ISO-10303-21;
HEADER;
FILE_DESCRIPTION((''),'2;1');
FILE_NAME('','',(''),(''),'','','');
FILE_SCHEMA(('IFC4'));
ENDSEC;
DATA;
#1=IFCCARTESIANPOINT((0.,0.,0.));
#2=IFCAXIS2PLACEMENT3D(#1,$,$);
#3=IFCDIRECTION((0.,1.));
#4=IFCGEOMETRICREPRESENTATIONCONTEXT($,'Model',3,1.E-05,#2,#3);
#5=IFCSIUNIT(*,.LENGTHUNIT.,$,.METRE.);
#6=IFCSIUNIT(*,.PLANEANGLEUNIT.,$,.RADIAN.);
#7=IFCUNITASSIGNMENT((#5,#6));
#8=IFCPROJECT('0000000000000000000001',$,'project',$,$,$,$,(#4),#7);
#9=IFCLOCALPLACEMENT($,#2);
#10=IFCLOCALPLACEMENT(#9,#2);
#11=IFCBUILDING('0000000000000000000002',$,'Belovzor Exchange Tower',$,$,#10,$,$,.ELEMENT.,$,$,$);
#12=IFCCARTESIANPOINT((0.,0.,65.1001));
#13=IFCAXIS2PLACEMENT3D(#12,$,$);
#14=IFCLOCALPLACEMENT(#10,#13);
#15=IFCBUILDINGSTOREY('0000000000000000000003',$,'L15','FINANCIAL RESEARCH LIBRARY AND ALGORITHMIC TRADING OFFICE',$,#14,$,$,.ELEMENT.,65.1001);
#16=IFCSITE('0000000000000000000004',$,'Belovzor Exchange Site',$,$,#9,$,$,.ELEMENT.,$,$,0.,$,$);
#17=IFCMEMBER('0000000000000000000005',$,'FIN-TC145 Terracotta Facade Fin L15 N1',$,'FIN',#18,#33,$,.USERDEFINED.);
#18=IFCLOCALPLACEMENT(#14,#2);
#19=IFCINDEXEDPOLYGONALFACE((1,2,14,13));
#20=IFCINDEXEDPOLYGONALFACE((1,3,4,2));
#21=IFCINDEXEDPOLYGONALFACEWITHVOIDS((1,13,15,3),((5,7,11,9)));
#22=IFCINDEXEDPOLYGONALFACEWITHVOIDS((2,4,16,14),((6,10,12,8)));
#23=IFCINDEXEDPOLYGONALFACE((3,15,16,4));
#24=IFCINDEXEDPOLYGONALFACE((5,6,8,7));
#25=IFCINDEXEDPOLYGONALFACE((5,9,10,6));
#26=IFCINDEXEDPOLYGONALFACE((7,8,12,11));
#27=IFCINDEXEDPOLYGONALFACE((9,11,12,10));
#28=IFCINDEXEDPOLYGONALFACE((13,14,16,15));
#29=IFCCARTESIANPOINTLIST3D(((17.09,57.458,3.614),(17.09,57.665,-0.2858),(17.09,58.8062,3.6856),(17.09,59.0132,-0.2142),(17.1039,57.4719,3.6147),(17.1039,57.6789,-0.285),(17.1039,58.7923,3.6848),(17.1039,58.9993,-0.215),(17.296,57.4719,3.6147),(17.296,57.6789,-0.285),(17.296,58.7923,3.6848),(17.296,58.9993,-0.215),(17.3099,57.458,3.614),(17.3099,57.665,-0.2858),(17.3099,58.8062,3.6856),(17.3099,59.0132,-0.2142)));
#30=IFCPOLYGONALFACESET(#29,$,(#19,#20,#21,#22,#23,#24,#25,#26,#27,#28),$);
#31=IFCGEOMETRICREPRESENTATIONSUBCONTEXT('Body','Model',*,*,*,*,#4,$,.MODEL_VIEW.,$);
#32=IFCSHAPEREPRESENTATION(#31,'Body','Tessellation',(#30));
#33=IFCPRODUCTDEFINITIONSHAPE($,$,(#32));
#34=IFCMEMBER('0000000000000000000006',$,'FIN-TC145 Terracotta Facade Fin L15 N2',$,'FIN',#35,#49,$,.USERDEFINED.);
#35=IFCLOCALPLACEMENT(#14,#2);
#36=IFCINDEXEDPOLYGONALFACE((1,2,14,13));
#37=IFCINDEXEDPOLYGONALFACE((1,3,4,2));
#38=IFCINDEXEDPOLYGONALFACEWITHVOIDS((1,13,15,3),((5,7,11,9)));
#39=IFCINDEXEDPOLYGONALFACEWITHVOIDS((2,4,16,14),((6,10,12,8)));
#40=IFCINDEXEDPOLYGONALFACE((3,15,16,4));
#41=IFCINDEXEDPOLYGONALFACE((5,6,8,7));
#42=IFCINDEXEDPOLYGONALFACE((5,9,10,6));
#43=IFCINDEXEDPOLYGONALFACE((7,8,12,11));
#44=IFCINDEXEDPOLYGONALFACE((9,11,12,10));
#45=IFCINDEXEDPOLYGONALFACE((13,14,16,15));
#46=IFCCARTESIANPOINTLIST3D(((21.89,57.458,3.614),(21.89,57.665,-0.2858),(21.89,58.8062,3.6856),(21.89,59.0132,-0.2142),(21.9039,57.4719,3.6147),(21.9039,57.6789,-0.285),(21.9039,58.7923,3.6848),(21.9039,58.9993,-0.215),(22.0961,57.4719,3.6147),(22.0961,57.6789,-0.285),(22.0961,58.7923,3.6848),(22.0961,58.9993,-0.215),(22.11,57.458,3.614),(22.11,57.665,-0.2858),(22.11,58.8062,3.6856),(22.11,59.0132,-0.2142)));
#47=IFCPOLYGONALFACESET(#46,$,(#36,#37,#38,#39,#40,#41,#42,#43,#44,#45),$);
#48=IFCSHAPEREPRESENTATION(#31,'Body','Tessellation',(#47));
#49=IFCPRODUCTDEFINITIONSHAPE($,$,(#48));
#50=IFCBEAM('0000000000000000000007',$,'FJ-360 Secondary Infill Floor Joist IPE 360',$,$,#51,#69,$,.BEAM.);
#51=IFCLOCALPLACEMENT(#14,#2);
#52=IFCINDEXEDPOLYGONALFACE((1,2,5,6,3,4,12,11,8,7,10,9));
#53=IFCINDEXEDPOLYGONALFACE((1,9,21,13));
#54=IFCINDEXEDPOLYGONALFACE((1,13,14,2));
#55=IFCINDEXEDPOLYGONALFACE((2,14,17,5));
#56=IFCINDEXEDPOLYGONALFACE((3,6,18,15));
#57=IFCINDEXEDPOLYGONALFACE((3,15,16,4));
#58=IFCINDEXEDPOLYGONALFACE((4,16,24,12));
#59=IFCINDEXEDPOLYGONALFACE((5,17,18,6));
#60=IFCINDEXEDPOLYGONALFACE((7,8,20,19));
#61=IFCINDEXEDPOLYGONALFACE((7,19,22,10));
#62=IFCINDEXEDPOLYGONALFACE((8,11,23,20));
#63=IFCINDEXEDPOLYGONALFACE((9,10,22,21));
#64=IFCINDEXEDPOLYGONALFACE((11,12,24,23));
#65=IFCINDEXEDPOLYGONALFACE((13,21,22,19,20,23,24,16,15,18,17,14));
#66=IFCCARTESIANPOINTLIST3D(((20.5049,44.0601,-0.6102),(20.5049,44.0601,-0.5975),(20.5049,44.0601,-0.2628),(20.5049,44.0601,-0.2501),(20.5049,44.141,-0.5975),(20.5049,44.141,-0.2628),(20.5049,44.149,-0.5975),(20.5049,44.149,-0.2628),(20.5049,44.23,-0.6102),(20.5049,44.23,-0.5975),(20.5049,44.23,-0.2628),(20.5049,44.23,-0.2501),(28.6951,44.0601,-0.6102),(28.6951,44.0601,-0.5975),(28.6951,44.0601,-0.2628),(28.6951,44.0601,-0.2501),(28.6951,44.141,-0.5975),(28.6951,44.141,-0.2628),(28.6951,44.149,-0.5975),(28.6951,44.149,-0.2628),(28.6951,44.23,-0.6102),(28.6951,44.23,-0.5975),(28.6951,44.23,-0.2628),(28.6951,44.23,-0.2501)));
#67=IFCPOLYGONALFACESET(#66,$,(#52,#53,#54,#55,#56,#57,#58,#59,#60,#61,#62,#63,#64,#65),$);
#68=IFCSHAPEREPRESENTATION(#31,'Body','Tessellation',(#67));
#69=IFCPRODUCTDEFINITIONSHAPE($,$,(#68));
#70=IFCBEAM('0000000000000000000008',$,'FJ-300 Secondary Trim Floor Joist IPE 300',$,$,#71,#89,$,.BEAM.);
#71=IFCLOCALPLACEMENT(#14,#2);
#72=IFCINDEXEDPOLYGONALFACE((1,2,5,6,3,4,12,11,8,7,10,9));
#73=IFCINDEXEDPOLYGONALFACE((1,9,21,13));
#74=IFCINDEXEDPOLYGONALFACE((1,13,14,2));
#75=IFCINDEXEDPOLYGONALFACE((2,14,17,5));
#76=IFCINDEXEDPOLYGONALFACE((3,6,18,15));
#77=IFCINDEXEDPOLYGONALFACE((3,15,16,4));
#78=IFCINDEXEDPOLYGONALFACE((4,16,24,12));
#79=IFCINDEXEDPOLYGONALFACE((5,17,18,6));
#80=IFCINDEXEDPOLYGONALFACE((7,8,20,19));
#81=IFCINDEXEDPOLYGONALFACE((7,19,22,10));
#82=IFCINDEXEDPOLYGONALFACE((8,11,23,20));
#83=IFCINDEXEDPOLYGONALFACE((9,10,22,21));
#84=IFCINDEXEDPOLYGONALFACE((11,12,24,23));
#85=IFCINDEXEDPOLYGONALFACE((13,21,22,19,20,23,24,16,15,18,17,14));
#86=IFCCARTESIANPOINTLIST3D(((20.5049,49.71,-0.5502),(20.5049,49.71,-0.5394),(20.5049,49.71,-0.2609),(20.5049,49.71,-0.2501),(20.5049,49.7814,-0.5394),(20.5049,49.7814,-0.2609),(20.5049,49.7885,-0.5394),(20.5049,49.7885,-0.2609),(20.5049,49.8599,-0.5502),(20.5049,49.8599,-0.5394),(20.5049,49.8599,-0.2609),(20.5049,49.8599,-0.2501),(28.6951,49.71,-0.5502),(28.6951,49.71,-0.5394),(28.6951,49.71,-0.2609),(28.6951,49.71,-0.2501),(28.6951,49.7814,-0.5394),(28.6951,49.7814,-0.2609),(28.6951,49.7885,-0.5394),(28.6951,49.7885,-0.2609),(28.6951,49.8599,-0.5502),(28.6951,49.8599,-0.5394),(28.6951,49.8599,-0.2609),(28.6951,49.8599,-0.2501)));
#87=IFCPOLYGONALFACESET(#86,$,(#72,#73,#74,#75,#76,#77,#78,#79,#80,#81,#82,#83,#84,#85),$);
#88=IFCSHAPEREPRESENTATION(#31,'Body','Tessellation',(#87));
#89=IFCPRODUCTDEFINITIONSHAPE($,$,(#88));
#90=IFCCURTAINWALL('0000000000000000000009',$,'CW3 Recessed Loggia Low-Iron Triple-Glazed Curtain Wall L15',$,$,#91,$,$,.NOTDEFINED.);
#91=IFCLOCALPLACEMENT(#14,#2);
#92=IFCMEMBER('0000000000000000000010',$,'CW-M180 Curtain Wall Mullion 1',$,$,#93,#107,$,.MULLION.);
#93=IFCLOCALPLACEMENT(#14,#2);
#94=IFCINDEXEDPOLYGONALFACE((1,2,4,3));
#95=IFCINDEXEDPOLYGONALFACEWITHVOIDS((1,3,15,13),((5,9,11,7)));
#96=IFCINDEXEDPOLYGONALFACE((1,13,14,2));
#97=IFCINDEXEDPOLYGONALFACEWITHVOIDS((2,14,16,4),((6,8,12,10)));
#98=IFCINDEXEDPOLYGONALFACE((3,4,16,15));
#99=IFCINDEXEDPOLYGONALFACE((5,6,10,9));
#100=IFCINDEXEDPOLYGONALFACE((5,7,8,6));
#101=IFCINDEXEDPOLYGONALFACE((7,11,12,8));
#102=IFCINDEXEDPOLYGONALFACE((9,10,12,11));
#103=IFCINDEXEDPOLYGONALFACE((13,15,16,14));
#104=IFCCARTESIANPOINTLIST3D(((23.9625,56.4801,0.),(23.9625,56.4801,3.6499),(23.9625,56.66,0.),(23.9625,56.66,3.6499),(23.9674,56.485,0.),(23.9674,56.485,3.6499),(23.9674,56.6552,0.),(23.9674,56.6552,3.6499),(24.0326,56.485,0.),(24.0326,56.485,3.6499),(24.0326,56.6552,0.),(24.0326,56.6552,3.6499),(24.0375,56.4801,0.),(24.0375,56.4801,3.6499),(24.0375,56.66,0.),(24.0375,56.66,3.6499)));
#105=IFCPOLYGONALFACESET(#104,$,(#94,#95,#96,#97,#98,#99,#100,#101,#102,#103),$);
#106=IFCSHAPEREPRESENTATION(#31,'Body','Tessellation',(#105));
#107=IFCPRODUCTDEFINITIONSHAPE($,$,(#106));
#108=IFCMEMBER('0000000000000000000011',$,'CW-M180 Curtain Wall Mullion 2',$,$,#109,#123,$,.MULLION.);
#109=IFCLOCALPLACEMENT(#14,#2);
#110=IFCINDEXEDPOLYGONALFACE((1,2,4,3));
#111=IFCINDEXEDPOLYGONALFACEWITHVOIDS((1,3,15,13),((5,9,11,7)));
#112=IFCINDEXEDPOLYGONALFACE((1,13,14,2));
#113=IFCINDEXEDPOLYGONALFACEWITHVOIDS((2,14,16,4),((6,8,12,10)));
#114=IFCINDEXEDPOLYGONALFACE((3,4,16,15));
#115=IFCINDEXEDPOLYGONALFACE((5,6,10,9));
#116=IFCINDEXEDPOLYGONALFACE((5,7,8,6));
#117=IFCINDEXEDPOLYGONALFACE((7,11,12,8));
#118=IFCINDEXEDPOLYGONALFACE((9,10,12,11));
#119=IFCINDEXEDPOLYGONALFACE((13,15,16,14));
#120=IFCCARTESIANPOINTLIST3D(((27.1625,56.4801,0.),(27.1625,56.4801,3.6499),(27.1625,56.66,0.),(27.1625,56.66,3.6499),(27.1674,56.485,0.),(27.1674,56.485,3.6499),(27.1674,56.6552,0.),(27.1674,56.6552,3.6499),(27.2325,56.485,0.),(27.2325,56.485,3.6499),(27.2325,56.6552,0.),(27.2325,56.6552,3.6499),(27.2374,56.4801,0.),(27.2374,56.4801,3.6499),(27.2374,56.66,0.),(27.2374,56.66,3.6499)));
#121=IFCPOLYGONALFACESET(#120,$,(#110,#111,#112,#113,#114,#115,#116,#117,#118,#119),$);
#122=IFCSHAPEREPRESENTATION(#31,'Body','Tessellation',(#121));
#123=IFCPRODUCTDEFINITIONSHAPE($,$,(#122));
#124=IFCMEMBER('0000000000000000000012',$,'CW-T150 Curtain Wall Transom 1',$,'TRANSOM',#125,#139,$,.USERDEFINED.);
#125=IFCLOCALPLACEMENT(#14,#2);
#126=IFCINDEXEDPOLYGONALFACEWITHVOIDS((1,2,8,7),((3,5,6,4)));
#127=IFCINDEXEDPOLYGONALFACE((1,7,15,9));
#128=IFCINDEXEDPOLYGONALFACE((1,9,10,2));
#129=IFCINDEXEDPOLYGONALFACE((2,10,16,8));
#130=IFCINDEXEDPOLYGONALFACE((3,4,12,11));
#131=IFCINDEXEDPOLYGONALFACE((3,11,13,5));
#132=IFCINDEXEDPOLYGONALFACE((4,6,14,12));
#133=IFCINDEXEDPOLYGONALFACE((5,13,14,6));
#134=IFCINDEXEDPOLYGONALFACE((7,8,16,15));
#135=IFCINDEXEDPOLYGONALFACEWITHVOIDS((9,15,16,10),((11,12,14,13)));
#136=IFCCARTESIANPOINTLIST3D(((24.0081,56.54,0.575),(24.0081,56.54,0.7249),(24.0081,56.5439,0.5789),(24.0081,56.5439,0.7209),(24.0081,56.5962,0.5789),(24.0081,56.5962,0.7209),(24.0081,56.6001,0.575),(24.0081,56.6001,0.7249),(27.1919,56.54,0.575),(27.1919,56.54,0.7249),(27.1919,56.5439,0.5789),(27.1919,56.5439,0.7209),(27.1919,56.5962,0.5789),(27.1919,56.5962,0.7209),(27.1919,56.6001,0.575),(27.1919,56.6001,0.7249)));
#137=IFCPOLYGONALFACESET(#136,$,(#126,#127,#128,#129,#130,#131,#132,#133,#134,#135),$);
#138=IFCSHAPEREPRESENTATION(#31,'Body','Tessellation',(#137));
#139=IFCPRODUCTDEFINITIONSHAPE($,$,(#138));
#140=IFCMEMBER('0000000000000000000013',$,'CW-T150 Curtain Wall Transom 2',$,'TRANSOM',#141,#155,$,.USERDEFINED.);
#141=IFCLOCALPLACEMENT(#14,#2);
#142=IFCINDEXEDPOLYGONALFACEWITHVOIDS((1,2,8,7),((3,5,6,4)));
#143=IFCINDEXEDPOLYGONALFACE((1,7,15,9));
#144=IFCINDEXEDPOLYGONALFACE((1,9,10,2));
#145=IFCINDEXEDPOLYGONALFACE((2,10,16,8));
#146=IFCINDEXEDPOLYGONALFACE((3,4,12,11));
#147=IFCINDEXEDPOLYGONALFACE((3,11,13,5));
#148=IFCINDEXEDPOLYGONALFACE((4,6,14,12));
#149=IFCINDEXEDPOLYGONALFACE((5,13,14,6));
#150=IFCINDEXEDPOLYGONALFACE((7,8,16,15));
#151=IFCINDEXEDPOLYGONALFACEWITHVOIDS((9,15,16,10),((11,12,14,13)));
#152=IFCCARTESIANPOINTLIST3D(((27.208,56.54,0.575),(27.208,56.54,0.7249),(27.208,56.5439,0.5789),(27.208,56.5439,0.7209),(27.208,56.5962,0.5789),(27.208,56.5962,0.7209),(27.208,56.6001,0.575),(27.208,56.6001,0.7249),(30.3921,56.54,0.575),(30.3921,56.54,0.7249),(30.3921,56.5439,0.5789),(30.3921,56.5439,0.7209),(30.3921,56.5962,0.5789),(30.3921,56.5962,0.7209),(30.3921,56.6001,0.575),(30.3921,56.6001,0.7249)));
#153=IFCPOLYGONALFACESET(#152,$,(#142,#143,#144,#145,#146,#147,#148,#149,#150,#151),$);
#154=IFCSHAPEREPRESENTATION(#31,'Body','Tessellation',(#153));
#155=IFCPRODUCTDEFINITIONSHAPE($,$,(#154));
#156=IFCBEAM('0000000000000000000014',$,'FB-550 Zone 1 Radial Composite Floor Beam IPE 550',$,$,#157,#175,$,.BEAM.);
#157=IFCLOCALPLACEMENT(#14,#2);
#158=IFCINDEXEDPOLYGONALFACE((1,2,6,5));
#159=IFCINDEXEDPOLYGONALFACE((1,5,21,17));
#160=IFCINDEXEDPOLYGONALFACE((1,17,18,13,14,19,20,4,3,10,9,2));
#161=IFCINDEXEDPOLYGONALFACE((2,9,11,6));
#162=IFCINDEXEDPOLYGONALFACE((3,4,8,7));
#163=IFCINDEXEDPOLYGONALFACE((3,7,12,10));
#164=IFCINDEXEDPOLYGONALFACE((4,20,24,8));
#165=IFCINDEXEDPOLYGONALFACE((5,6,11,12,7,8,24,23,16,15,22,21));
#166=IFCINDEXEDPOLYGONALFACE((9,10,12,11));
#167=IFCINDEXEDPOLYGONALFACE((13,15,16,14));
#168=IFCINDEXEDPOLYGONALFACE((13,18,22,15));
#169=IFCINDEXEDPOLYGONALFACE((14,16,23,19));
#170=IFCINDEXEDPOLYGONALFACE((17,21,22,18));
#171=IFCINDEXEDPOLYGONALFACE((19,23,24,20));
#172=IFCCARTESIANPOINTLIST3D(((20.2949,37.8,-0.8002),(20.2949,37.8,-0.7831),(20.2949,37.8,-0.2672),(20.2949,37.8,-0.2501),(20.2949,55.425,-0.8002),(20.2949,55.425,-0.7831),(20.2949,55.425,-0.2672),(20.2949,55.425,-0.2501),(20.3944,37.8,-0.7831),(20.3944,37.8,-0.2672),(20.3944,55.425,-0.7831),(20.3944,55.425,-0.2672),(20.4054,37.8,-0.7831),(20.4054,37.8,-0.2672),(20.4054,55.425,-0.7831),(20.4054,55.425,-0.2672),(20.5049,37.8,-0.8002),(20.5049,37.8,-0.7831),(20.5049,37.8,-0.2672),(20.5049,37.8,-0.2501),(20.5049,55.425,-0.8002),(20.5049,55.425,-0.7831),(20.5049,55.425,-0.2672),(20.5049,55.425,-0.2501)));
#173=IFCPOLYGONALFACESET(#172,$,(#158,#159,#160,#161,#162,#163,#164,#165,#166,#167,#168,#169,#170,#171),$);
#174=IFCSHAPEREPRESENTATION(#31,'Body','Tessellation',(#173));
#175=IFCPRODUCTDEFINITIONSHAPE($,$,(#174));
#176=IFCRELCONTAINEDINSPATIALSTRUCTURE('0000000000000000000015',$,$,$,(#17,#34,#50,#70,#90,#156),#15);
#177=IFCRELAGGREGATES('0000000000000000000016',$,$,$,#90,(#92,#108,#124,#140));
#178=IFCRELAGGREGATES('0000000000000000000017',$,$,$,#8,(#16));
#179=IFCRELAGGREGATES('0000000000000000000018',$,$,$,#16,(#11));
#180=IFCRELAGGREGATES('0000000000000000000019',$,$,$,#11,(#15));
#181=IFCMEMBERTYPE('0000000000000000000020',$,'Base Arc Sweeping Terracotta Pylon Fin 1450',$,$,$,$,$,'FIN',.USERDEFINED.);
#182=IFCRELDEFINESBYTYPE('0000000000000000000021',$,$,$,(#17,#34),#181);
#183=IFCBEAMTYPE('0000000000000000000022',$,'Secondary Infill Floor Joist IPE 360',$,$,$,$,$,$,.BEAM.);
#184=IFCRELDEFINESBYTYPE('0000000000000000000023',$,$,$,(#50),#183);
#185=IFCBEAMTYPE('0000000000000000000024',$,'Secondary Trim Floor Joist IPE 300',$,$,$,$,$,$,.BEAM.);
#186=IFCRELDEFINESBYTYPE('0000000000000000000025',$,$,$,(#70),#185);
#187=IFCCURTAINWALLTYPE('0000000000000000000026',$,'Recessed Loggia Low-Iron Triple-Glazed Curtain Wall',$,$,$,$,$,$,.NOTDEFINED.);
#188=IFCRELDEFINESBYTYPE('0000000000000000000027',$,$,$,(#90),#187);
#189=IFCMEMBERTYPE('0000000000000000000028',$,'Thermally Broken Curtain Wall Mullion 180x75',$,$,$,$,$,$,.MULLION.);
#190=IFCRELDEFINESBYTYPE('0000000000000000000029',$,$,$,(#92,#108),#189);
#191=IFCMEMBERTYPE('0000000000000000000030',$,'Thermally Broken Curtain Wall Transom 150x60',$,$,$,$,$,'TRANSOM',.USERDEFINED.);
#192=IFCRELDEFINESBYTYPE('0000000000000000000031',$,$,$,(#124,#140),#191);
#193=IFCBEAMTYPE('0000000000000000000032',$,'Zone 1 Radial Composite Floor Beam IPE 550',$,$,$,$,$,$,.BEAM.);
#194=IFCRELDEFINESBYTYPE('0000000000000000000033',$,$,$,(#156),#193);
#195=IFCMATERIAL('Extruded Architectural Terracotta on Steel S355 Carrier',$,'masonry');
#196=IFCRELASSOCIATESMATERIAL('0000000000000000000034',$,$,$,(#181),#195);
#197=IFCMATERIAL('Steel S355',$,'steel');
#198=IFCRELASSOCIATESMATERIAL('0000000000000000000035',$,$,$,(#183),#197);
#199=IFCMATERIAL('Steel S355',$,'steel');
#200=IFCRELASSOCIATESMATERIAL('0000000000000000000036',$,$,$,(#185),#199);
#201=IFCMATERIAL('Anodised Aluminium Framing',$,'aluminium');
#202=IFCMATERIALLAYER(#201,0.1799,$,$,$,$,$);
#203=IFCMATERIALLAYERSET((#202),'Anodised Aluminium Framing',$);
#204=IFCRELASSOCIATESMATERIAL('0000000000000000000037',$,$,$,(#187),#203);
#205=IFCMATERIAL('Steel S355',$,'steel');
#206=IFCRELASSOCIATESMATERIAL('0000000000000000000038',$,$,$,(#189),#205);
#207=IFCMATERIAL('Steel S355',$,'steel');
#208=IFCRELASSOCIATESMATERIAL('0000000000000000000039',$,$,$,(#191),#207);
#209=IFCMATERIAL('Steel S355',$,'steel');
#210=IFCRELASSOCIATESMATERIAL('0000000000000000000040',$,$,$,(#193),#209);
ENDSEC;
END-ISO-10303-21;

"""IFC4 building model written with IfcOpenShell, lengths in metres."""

from ifc_helpers import new_model, si_unit, direction, frame, origin, origin_2d, place, context, subcontext, project, spatial, hollow_rectangle, i_section, extrude, material, layer, layer_set, material_profile, profile_set, type_object, element, aggregate, save


model = new_model("IFC4")

# Units and contexts
model_context = context("Model", 3, precision=1e-05, world=origin(), true_north=direction((0.0, 1.0)))
body_context = subcontext(model_context, "Body", "Model", "MODEL_VIEW")
ifc_project = project(units=[si_unit("LENGTHUNIT", "METRE"), si_unit("PLANEANGLEUNIT", "RADIAN")], contexts=[model_context])

# Site, building, storey
site_placement = place(None, origin())
site = spatial("IfcSite", under=ifc_project, at=site_placement, Name="Belovzor Exchange Site", CompositionType="ELEMENT", RefElevation=0.0)
building_placement = place(site_placement, origin())
building = spatial("IfcBuilding", under=site, at=building_placement, Name="Belovzor Exchange Tower", CompositionType="ELEMENT")
storey_placement = place(building_placement, frame((0.0, 0.0, 65.1001)))
storey = spatial("IfcBuildingStorey", under=building, at=storey_placement, Name="L15", Description="FINANCIAL RESEARCH LIBRARY AND ALGORITHMIC TRADING OFFICE", CompositionType="ELEMENT", Elevation=65.1001)

# Members
ifc_material_1 = material(Name="Extruded Architectural Terracotta on Steel S355 Carrier", Category="masonry")
ifc_material_profile_1 = material_profile(ifc_material_1, hollow_rectangle(XDim=0.22, YDim=1.3501, WallThickness=0.0139, at=origin_2d()))
ifc_profile_set_1 = profile_set([ifc_material_profile_1], Name="Extruded Architectural Terracotta on Steel S355 Carrier")
member_type_1 = type_object("IfcMemberType", Name="Base Arc Sweeping Terracotta Pylon Fin 1450", ElementType="FIN", PredefinedType="USERDEFINED", material=ifc_profile_set_1)
for number, where, z_axis, x_axis, name in (
    (1, (17.2, 58.3391, -0.25), (0.0, -0.053012, 0.998594), (1.0, 0.0, 0.0), "FIN-TC145 Terracotta Facade Fin L15 N1"),
    (2, (22.0, 58.3391, -0.25), (0.0, -0.053012, 0.998594), (1.0, 0.0, 0.0), "FIN-TC145 Terracotta Facade Fin L15 N2"),
):
    element("IfcMember", number, at=place(storey_placement, frame(where, z_axis=z_axis, x_axis=x_axis)), inside=storey, type_object=member_type_1, Name=name, ObjectType="FIN", PredefinedType="USERDEFINED", context=body_context, shape_type="SweptSolid", body=[
        extrude(hollow_rectangle(XDim=0.22, YDim=1.3501, WallThickness=0.0139, at=origin_2d()), origin(), (0.0, 0.0, 1.0), 3.9053),
    ])

# Beams
ifc_material_2 = material(Name="Steel S355", Category="steel")
ifc_material_profile_2 = material_profile(ifc_material_2, i_section(OverallWidth=0.1699, OverallDepth=0.3601, WebThickness=0.0081, FlangeThickness=0.0127, at=origin_2d()))
ifc_profile_set_2 = profile_set([ifc_material_profile_2], Name="Steel S355")
beam_type_1 = type_object("IfcBeamType", Name="Secondary Infill Floor Joist IPE 360", PredefinedType="BEAM", material=ifc_profile_set_2)
beam_1_placement = place(storey_placement, frame((20.5049, 44.145, -0.4302), z_axis=(1.0, 0.0, 0.0), x_axis=(0.0, 1.0, 0.0)))
element("IfcBeam", 3, at=beam_1_placement, inside=storey, type_object=beam_type_1, Name="FJ-360 Secondary Infill Floor Joist IPE 360", PredefinedType="BEAM", context=body_context, shape_type="SweptSolid", body=[
    extrude(i_section(OverallWidth=0.1699, OverallDepth=0.3601, WebThickness=0.0081, FlangeThickness=0.0127, at=origin_2d()), origin(), (0.0, 0.0, 1.0), 8.1902),
])
ifc_material_3 = material(Name="Steel S355", Category="steel")
ifc_material_profile_3 = material_profile(ifc_material_3, i_section(OverallWidth=0.1499, OverallDepth=0.3, WebThickness=0.0071, FlangeThickness=0.0107, at=origin_2d()))
ifc_profile_set_3 = profile_set([ifc_material_profile_3], Name="Steel S355")
beam_type_2 = type_object("IfcBeamType", Name="Secondary Trim Floor Joist IPE 300", PredefinedType="BEAM", material=ifc_profile_set_3)
beam_2_placement = place(storey_placement, frame((20.5049, 49.7849, -0.4001), z_axis=(1.0, 0.0, 0.0), x_axis=(0.0, 1.0, 0.0)))
element("IfcBeam", 4, at=beam_2_placement, inside=storey, type_object=beam_type_2, Name="FJ-300 Secondary Trim Floor Joist IPE 300", PredefinedType="BEAM", context=body_context, shape_type="SweptSolid", body=[
    extrude(i_section(OverallWidth=0.1499, OverallDepth=0.3, WebThickness=0.0071, FlangeThickness=0.0107, at=origin_2d()), origin(), (0.0, 0.0, 1.0), 8.1902),
])

# Curtain wall, members
ifc_material_4 = material(Name="Anodised Aluminium Framing", Category="aluminium")
ifc_layer_1 = layer(ifc_material_4, 0.1799)
ifc_layer_set_1 = layer_set([ifc_layer_1], Name="Anodised Aluminium Framing")
curtain_wall_type = type_object("IfcCurtainWallType", Name="Recessed Loggia Low-Iron Triple-Glazed Curtain Wall", PredefinedType="NOTDEFINED", material=ifc_layer_set_1)
curtain_wall_placement = place(storey_placement, origin())
curtain_wall = element("IfcCurtainWall", 5, at=curtain_wall_placement, inside=storey, type_object=curtain_wall_type, Name="CW3 Recessed Loggia Low-Iron Triple-Glazed Curtain Wall L15", PredefinedType="NOTDEFINED")
ifc_material_5 = material(Name="Steel S355", Category="steel")
ifc_material_profile_4 = material_profile(ifc_material_5, hollow_rectangle(XDim=0.075, YDim=0.1799, WallThickness=0.0049, at=origin_2d()))
ifc_profile_set_4 = profile_set([ifc_material_profile_4], Name="Steel S355")
member_type_2 = type_object("IfcMemberType", Name="Thermally Broken Curtain Wall Mullion 180x75", PredefinedType="MULLION", material=ifc_profile_set_4)
member_1_placement = place(storey_placement, frame((24.0, 56.5701, 0.0), z_axis=(0.0, 0.0, 1.0), x_axis=(1.0, 0.0, 0.0)))
member_1 = element("IfcMember", 6, at=member_1_placement, type_object=member_type_2, Name="CW-M180 Curtain Wall Mullion 1", PredefinedType="MULLION", context=body_context, shape_type="SweptSolid", body=[
    extrude(hollow_rectangle(XDim=0.075, YDim=0.1799, WallThickness=0.0049, at=origin_2d()), origin(), (0.0, 0.0, 1.0), 3.6499),
])
member_2_placement = place(storey_placement, frame((27.2, 56.5701, 0.0), z_axis=(0.0, 0.0, 1.0), x_axis=(1.0, 0.0, 0.0)))
member_2 = element("IfcMember", 7, at=member_2_placement, type_object=member_type_2, Name="CW-M180 Curtain Wall Mullion 2", PredefinedType="MULLION", context=body_context, shape_type="SweptSolid", body=[
    extrude(hollow_rectangle(XDim=0.075, YDim=0.1799, WallThickness=0.0049, at=origin_2d()), origin(), (0.0, 0.0, 1.0), 3.6499),
])
ifc_material_6 = material(Name="Steel S355", Category="steel")
ifc_material_profile_5 = material_profile(ifc_material_6, hollow_rectangle(XDim=0.0601, YDim=0.1499, WallThickness=0.0039, at=origin_2d()))
ifc_profile_set_5 = profile_set([ifc_material_profile_5], Name="Steel S355")
member_type_3 = type_object("IfcMemberType", Name="Thermally Broken Curtain Wall Transom 150x60", ElementType="TRANSOM", PredefinedType="USERDEFINED", material=ifc_profile_set_5)
member_3_placement = place(storey_placement, frame((24.0081, 56.5701, 0.6499), z_axis=(1.0, 0.0, 0.0), x_axis=(0.0, 1.0, 0.0)))
member_3 = element("IfcMember", 8, at=member_3_placement, type_object=member_type_3, Name="CW-T150 Curtain Wall Transom 1", ObjectType="TRANSOM", PredefinedType="USERDEFINED", context=body_context, shape_type="SweptSolid", body=[
    extrude(hollow_rectangle(XDim=0.0601, YDim=0.1499, WallThickness=0.0039, at=origin_2d()), origin(), (0.0, 0.0, 1.0), 3.1838),
])
member_4_placement = place(storey_placement, frame((27.208, 56.5701, 0.6499), z_axis=(1.0, 0.0, 0.0), x_axis=(0.0, 1.0, 0.0)))
member_4 = element("IfcMember", 9, at=member_4_placement, type_object=member_type_3, Name="CW-T150 Curtain Wall Transom 2", ObjectType="TRANSOM", PredefinedType="USERDEFINED", context=body_context, shape_type="SweptSolid", body=[
    extrude(hollow_rectangle(XDim=0.0601, YDim=0.1499, WallThickness=0.0039, at=origin_2d()), origin(), (0.0, 0.0, 1.0), 3.1841),
])

# Beam
ifc_material_7 = material(Name="Steel S355", Category="steel")
ifc_material_profile_6 = material_profile(ifc_material_7, i_section(OverallWidth=0.21, OverallDepth=0.55, WebThickness=0.011, FlangeThickness=0.0171, at=origin_2d()))
ifc_profile_set_6 = profile_set([ifc_material_profile_6], Name="Steel S355")
beam_type_3 = type_object("IfcBeamType", Name="Zone 1 Radial Composite Floor Beam IPE 550", PredefinedType="BEAM", material=ifc_profile_set_6)
for number, where, z_axis, x_axis, name in (
    (10, (20.3999, 37.8, -0.5251), (0.0, 1.0, 0.0), (-1.0, 0.0, 0.0), "FB-550 Zone 1 Radial Composite Floor Beam IPE 550"),
):
    element("IfcBeam", number, at=place(storey_placement, frame(where, z_axis=z_axis, x_axis=x_axis)), inside=storey, type_object=beam_type_3, Name=name, PredefinedType="BEAM", context=body_context, shape_type="SweptSolid", body=[
        extrude(i_section(OverallWidth=0.21, OverallDepth=0.55, WebThickness=0.011, FlangeThickness=0.0171, at=origin_2d()), origin(), (0.0, 0.0, 1.0), 17.625),
    ])

aggregate(curtain_wall, [member_1, member_2, member_3, member_4])

save(model, "model.ifc")
